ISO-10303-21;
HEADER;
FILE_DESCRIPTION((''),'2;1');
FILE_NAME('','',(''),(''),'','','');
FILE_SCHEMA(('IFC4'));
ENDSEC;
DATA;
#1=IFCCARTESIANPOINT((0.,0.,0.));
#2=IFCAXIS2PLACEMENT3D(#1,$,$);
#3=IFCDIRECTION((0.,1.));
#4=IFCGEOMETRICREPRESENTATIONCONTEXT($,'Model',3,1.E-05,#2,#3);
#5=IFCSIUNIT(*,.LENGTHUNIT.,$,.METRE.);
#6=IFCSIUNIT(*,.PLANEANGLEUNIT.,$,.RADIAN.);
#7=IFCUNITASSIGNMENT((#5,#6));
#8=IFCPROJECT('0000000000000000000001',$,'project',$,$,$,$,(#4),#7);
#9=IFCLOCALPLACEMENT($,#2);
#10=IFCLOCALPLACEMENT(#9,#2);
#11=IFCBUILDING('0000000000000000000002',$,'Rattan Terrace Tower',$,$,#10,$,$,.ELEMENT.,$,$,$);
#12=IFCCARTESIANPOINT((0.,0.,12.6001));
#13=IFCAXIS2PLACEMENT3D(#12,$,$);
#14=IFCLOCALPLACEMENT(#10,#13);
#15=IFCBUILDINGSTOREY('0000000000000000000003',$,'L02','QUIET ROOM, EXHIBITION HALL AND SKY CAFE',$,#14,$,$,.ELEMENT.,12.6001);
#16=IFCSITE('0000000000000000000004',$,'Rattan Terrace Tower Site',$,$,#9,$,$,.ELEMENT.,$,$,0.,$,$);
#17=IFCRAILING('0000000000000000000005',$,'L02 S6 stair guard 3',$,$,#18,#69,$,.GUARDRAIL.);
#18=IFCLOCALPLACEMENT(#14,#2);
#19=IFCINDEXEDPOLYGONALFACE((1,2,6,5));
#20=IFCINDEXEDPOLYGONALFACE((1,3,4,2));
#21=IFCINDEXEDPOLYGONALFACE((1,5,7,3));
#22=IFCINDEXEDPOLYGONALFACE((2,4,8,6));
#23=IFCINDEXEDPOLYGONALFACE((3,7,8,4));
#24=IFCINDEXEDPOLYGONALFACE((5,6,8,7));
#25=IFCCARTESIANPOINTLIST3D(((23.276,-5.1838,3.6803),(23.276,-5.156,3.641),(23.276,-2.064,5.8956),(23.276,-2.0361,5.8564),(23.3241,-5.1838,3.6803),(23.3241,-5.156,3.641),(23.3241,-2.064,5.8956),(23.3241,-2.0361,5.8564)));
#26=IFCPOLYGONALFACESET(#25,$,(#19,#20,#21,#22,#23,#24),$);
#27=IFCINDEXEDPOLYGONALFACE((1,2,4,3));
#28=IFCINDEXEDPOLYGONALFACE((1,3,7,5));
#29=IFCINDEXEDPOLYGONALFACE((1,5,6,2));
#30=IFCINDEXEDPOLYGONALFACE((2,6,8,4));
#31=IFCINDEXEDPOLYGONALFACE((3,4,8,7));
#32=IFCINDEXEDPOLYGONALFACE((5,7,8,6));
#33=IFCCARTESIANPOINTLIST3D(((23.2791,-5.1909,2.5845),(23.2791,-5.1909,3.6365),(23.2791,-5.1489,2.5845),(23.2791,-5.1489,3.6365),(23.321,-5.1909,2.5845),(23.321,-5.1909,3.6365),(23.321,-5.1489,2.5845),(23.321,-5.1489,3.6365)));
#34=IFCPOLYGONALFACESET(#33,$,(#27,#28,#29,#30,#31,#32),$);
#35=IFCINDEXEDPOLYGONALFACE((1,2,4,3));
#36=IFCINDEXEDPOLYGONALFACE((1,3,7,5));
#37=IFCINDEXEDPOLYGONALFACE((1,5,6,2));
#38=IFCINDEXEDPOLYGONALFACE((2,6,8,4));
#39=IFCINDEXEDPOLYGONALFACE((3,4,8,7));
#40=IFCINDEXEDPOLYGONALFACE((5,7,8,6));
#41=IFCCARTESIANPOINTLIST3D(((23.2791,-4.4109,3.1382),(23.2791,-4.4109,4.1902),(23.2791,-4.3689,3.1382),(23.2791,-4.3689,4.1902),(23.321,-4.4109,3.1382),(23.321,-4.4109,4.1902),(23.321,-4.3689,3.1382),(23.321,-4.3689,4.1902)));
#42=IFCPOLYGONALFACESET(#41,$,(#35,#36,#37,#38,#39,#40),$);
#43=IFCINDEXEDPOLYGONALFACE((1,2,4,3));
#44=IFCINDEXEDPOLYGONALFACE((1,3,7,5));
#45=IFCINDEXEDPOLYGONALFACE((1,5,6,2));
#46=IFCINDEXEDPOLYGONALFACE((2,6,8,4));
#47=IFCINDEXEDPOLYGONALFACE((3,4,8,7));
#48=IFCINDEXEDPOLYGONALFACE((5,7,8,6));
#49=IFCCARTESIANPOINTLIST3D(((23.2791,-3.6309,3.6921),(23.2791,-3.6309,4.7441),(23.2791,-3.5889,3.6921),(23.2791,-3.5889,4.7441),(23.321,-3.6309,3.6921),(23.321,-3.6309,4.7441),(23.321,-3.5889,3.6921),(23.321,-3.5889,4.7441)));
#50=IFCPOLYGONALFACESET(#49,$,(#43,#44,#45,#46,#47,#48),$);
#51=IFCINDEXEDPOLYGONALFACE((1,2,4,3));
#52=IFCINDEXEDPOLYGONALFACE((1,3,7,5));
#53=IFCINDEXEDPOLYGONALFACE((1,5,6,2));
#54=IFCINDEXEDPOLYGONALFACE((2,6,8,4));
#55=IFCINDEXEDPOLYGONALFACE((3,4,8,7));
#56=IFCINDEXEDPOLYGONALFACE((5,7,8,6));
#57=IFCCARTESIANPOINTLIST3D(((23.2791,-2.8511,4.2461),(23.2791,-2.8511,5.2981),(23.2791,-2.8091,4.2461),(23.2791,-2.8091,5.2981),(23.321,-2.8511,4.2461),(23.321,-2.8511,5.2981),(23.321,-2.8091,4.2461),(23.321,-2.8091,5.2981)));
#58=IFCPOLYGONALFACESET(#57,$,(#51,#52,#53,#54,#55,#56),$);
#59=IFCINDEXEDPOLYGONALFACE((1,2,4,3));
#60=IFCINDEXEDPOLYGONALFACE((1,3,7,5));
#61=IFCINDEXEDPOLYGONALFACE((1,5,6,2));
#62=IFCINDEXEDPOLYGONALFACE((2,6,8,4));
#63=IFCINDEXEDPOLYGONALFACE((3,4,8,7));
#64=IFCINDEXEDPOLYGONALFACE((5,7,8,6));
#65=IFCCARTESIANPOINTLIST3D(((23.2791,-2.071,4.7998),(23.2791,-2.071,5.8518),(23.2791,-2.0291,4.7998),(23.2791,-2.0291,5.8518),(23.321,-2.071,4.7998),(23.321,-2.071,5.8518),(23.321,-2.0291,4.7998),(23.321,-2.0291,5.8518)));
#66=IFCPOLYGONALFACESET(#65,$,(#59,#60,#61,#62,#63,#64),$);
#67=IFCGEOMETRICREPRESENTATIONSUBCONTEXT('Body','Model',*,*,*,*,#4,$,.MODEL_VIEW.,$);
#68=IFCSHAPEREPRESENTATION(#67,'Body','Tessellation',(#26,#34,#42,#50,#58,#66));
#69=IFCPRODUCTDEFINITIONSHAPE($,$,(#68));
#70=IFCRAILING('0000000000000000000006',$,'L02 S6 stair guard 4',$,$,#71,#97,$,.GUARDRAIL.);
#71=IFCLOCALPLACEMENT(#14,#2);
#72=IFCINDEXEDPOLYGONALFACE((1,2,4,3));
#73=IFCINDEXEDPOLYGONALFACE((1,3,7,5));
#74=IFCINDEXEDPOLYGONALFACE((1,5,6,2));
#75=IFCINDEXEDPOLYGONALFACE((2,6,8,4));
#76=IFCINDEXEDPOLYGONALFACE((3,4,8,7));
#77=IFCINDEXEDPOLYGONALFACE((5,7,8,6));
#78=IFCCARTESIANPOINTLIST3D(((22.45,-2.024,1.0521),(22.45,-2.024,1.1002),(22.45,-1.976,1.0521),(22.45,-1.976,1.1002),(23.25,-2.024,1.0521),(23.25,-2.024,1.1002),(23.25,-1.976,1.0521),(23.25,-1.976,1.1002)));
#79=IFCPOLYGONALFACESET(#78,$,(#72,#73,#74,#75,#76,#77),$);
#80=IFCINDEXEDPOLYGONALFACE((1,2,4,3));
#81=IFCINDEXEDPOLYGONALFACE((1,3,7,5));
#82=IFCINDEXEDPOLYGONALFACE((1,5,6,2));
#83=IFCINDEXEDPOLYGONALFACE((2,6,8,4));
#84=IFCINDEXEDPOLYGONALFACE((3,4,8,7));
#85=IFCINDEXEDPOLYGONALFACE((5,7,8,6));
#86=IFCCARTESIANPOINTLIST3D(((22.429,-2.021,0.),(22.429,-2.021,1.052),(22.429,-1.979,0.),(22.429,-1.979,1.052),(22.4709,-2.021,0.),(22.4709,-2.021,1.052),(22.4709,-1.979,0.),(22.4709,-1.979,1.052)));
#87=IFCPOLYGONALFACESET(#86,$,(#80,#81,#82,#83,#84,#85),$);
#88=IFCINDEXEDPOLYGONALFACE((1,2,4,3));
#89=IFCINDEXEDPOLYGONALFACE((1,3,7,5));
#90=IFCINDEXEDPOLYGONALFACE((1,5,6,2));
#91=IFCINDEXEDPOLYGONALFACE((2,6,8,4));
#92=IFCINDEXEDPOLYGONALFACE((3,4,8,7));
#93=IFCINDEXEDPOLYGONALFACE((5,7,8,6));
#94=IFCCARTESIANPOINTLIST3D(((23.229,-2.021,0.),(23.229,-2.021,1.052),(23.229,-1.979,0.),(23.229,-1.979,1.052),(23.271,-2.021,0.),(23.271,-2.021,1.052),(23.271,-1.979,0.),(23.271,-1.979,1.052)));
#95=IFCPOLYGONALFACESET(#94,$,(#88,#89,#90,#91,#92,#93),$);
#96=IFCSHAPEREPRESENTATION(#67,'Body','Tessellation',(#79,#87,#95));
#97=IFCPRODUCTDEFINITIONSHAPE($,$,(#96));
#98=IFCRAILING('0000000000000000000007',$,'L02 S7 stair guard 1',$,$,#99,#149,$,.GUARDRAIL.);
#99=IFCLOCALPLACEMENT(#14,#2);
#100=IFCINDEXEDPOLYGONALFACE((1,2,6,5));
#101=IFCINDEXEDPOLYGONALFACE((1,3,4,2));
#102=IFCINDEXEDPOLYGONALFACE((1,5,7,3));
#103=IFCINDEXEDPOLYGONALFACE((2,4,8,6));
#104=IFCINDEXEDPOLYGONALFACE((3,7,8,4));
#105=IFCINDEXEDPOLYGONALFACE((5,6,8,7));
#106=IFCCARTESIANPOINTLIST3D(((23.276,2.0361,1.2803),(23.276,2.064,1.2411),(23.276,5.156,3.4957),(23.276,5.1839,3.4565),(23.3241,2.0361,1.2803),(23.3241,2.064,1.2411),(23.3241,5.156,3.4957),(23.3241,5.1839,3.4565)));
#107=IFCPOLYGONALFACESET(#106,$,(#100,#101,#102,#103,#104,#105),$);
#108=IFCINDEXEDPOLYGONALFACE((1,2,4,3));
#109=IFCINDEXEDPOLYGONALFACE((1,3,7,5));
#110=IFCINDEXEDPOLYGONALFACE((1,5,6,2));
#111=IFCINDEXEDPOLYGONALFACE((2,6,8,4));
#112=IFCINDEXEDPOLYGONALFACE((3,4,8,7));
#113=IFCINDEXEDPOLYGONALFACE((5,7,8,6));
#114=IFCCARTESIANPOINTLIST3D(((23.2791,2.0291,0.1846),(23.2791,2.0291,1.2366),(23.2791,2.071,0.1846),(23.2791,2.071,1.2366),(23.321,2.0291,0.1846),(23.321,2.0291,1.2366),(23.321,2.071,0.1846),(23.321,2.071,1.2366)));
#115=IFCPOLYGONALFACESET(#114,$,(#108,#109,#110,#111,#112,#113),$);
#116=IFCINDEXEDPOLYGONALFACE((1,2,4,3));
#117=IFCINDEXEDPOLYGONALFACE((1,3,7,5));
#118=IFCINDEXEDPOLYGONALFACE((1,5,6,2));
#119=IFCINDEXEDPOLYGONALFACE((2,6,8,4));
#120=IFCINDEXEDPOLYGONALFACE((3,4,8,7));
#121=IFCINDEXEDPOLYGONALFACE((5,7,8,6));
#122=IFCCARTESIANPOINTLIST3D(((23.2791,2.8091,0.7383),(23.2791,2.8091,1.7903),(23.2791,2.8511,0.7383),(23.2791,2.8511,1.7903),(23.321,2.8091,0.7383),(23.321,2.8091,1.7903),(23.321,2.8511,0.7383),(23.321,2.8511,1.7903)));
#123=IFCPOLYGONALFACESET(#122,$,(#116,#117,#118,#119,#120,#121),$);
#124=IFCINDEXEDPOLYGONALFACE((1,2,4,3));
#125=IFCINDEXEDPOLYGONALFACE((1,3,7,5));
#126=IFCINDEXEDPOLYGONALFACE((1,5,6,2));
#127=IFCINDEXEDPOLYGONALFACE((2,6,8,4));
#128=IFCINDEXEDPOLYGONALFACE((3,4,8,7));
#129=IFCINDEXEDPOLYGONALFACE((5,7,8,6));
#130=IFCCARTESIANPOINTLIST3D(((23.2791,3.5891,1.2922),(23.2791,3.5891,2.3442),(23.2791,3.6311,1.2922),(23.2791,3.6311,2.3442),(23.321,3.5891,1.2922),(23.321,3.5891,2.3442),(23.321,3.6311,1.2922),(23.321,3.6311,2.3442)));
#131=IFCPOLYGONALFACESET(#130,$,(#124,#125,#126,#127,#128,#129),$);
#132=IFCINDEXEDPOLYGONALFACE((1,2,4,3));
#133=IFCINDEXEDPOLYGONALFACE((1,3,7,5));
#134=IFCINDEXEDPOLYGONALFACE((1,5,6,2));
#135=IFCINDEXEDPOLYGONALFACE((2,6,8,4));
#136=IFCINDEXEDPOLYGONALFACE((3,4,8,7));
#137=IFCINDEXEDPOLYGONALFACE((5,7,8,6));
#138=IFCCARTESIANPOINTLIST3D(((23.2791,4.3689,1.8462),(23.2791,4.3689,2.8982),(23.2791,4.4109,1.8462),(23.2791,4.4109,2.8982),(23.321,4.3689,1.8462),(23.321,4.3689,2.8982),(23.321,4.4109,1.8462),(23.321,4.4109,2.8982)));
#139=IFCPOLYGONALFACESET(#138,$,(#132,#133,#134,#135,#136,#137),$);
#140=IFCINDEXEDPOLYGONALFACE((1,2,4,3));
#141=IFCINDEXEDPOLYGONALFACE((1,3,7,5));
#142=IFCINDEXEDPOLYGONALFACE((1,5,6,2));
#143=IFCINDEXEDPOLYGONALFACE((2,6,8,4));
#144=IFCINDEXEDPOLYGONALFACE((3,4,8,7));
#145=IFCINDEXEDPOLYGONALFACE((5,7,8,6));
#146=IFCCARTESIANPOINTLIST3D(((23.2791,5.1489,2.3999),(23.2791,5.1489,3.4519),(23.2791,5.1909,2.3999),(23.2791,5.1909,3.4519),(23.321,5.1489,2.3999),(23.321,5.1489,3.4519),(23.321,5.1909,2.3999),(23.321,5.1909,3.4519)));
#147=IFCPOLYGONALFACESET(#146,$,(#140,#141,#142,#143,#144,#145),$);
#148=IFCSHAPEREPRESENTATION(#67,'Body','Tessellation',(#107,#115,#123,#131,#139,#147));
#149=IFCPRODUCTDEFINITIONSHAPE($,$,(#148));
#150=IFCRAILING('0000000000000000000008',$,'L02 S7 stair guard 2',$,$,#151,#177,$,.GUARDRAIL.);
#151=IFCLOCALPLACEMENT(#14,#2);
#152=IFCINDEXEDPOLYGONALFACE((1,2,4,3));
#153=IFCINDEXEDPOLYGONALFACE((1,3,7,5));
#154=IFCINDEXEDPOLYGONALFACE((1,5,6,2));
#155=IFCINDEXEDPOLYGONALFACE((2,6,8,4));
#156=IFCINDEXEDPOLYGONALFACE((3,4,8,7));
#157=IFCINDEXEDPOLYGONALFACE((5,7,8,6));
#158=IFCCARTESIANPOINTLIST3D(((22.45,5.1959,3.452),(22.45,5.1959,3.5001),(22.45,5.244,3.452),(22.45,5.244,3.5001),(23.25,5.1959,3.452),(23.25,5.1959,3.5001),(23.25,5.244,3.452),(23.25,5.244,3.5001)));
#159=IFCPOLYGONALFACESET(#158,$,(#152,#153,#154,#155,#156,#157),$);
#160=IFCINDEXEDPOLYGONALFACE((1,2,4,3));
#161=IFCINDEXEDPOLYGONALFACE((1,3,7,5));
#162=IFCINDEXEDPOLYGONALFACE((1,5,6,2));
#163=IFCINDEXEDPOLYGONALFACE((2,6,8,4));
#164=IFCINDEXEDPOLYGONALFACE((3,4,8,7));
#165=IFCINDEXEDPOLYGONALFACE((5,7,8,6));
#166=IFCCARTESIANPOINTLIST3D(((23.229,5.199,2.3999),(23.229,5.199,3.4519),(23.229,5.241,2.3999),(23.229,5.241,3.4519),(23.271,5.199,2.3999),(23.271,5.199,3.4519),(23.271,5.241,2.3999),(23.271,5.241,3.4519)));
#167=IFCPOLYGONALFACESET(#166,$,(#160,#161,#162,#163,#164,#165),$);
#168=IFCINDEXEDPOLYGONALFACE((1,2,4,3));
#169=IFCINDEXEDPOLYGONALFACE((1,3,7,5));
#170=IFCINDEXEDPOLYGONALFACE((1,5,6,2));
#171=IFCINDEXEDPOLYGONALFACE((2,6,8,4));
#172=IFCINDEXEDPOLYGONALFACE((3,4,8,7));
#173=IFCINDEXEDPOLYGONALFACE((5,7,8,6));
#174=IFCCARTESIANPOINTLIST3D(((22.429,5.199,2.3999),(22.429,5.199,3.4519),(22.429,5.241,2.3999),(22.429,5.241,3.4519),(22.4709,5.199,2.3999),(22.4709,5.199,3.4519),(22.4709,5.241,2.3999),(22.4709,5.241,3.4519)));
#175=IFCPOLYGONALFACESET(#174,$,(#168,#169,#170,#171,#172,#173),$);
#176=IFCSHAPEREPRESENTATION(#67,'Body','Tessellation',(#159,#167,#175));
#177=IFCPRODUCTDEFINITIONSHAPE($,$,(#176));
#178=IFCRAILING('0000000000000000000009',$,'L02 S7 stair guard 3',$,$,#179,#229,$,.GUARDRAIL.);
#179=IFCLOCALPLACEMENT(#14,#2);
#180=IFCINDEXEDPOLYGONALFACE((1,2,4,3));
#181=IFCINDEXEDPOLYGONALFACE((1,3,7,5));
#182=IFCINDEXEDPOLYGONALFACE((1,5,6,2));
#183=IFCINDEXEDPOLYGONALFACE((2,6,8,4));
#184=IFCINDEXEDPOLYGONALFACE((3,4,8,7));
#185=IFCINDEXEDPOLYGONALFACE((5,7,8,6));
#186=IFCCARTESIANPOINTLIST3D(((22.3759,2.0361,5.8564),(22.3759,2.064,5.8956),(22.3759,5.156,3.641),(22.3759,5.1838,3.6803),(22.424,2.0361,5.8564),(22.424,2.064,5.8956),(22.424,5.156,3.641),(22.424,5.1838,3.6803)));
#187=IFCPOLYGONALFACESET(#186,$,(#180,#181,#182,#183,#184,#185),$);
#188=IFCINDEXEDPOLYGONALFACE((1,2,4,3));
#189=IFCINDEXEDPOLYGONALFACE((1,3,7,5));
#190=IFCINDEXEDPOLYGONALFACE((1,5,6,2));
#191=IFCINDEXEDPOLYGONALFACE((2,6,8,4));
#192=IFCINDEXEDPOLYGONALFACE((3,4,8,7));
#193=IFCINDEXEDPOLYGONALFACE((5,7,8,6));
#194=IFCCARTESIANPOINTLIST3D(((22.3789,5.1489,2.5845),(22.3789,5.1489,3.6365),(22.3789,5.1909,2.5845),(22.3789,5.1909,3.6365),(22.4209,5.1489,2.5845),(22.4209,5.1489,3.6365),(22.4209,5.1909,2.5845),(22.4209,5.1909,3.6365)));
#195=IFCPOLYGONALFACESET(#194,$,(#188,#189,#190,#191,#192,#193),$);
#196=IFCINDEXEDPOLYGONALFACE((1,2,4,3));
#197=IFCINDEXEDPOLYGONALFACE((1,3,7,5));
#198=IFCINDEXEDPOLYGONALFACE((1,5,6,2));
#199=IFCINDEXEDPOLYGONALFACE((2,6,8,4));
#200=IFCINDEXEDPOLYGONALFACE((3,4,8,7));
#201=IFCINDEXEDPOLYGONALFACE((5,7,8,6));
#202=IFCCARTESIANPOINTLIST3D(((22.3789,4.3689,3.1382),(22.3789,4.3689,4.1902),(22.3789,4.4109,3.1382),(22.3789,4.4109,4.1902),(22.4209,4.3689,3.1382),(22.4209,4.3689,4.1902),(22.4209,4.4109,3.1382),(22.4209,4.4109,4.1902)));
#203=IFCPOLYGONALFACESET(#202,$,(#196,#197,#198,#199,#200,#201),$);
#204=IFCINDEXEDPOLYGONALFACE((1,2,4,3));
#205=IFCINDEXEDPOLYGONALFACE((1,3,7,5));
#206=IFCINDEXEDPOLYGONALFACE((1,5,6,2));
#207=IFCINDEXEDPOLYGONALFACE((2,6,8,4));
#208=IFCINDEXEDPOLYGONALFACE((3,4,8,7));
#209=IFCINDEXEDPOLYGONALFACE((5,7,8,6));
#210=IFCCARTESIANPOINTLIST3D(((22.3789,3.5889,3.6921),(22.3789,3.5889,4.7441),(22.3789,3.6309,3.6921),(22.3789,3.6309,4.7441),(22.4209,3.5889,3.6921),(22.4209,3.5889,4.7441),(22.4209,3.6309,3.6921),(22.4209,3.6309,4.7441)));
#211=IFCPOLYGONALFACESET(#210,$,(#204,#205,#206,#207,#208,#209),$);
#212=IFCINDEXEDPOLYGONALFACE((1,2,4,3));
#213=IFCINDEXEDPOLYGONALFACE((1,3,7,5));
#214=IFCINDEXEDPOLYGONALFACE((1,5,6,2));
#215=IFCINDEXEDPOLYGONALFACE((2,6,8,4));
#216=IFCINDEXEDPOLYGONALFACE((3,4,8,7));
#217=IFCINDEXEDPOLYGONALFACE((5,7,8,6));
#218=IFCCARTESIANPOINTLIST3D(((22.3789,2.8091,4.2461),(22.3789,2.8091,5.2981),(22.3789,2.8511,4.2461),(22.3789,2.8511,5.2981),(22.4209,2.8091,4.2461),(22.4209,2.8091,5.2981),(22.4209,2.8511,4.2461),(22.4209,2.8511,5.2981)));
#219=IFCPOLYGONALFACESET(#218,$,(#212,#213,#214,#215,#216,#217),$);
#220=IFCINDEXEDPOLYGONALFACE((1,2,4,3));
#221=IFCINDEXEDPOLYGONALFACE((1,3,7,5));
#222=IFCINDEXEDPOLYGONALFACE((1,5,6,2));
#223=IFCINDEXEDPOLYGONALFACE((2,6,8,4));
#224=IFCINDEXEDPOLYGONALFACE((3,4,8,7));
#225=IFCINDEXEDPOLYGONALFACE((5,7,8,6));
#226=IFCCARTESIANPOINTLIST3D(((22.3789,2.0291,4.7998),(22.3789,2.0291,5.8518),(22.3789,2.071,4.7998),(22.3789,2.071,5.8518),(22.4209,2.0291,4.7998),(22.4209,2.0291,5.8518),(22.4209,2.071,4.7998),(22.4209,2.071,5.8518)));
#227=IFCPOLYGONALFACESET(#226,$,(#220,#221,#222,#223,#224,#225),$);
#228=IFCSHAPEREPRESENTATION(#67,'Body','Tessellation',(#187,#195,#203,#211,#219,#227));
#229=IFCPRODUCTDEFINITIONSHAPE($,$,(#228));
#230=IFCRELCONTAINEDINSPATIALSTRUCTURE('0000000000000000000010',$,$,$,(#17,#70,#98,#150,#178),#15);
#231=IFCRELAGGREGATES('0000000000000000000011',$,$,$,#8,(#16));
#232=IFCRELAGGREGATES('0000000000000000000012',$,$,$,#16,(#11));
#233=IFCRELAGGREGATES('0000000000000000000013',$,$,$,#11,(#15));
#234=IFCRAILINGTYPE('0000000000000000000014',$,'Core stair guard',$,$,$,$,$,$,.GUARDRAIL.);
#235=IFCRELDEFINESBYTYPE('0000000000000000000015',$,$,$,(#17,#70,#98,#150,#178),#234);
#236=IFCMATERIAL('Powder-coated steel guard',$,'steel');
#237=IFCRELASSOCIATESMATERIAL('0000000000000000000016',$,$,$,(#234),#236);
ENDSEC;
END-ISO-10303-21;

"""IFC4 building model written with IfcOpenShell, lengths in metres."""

from ifc_helpers import new_model, si_unit, direction, frame, origin, origin_2d, place, context, subcontext, project, spatial, rectangle, extrude, material, type_object, element, save


model = new_model("IFC4")

# Units and contexts
model_context = context("Model", 3, precision=1e-05, world=origin(), true_north=direction((0.0, 1.0)))
body_context = subcontext(model_context, "Body", "Model", "MODEL_VIEW")
ifc_project = project(units=[si_unit("LENGTHUNIT", "METRE"), si_unit("PLANEANGLEUNIT", "RADIAN")], contexts=[model_context])

# Site, building, storey
site_placement = place(None, origin())
site = spatial("IfcSite", under=ifc_project, at=site_placement, Name="Rattan Terrace Tower Site", CompositionType="ELEMENT", RefElevation=0.0)
building_placement = place(site_placement, origin())
building = spatial("IfcBuilding", under=site, at=building_placement, Name="Rattan Terrace Tower", CompositionType="ELEMENT")
storey_placement = place(building_placement, frame((0.0, 0.0, 12.6001)))
storey = spatial("IfcBuildingStorey", under=building, at=storey_placement, Name="L02", Description="QUIET ROOM, EXHIBITION HALL AND SKY CAFE", CompositionType="ELEMENT", Elevation=12.6001)

# Railings
ifc_material_1 = material(Name="Powder-coated steel guard", Category="steel")
railing_type_1 = type_object("IfcRailingType", Name="Core stair guard", PredefinedType="GUARDRAIL", material=ifc_material_1)
railing_1_placement = place(storey_placement, frame((23.3, -5.1699, 2.5845)))
element("IfcRailing", 1, at=railing_1_placement, inside=storey, type_object=railing_type_1, Name="L02 S6 stair guard 3", PredefinedType="GUARDRAIL", context=body_context, shape_type="SweptSolid", body=[
    extrude(rectangle(XDim=0.0481, YDim=0.0481, at=origin_2d()), frame((0.0, 0.0, 1.0762), z_axis=(0.0, 0.815356, 0.578961), x_axis=(-1.0, 0.0, 0.0)), (0.0, 0.0, 1.0), 3.8264),
    extrude(rectangle(XDim=0.042, YDim=0.042, at=origin_2d()), origin(), (0.0, 0.0, 1.0), 1.052),
    extrude(rectangle(XDim=0.042, YDim=0.042, at=origin_2d()), frame((0.0, 0.78, 0.5537)), (0.0, 0.0, 1.0), 1.052),
    extrude(rectangle(XDim=0.042, YDim=0.042, at=origin_2d()), frame((0.0, 1.5601, 1.1077)), (0.0, 0.0, 1.0), 1.052),
    extrude(rectangle(XDim=0.042, YDim=0.042, at=origin_2d()), frame((0.0, 2.3398, 1.6616)), (0.0, 0.0, 1.0), 1.052),
    extrude(rectangle(XDim=0.042, YDim=0.042, at=origin_2d()), frame((0.0, 3.1199, 2.2153)), (0.0, 0.0, 1.0), 1.052),
])
railing_2_placement = place(storey_placement, frame((22.45, -2.0, 0.0)))
element("IfcRailing", 2, at=railing_2_placement, inside=storey, type_object=railing_type_1, Name="L02 S6 stair guard 4", PredefinedType="GUARDRAIL", context=body_context, shape_type="SweptSolid", body=[
    extrude(rectangle(XDim=0.0481, YDim=0.0481, at=origin_2d()), frame((0.0, 0.0, 1.0762), z_axis=(1.0, 0.0, 0.0), x_axis=(0.0, 1.0, 0.0)), (0.0, 0.0, 1.0), 0.8),
    extrude(rectangle(XDim=0.042, YDim=0.042, at=origin_2d()), origin(), (0.0, 0.0, 1.0), 1.052),
    extrude(rectangle(XDim=0.042, YDim=0.042, at=origin_2d()), frame((0.8, 0.0, 0.0)), (0.0, 0.0, 1.0), 1.052),
])
railing_3_placement = place(storey_placement, frame((23.3, 2.05, 0.1846)))
element("IfcRailing", 3, at=railing_3_placement, inside=storey, type_object=railing_type_1, Name="L02 S7 stair guard 1", PredefinedType="GUARDRAIL", context=body_context, shape_type="SweptSolid", body=[
    extrude(rectangle(XDim=0.0481, YDim=0.0481, at=origin_2d()), frame((0.0, 0.0, 1.0762), z_axis=(0.0, 0.815356, 0.578961), x_axis=(-1.0, 0.0, 0.0)), (0.0, 0.0, 1.0), 3.8264),
    extrude(rectangle(XDim=0.042, YDim=0.042, at=origin_2d()), origin(), (0.0, 0.0, 1.0), 1.052),
    extrude(rectangle(XDim=0.042, YDim=0.042, at=origin_2d()), frame((0.0, 0.78, 0.5537)), (0.0, 0.0, 1.0), 1.052),
    extrude(rectangle(XDim=0.042, YDim=0.042, at=origin_2d()), frame((0.0, 1.5601, 1.1077)), (0.0, 0.0, 1.0), 1.052),
    extrude(rectangle(XDim=0.042, YDim=0.042, at=origin_2d()), frame((0.0, 2.3398, 1.6616)), (0.0, 0.0, 1.0), 1.052),
    extrude(rectangle(XDim=0.042, YDim=0.042, at=origin_2d()), frame((0.0, 3.1199, 2.2153)), (0.0, 0.0, 1.0), 1.052),
])
railing_4_placement = place(storey_placement, frame((23.25, 5.22, 2.3999)))
element("IfcRailing", 4, at=railing_4_placement, inside=storey, type_object=railing_type_1, Name="L02 S7 stair guard 2", PredefinedType="GUARDRAIL", context=body_context, shape_type="SweptSolid", body=[
    extrude(rectangle(XDim=0.0481, YDim=0.0481, at=origin_2d()), frame((0.0, 0.0, 1.0762), z_axis=(-1.0, 0.0, 0.0), x_axis=(0.0, -1.0, 0.0)), (0.0, 0.0, 1.0), 0.8),
    extrude(rectangle(XDim=0.042, YDim=0.042, at=origin_2d()), origin(), (0.0, 0.0, 1.0), 1.052),
    extrude(rectangle(XDim=0.042, YDim=0.042, at=origin_2d()), frame((-0.8, 0.0, 0.0)), (0.0, 0.0, 1.0), 1.052),
])
railing_5_placement = place(storey_placement, frame((22.3999, 5.1699, 2.5845)))
element("IfcRailing", 5, at=railing_5_placement, inside=storey, type_object=railing_type_1, Name="L02 S7 stair guard 3", PredefinedType="GUARDRAIL", context=body_context, shape_type="SweptSolid", body=[
    extrude(rectangle(XDim=0.0481, YDim=0.0481, at=origin_2d()), frame((0.0, 0.0, 1.0762), z_axis=(0.0, -0.815356, 0.578961), x_axis=(1.0, 0.0, 0.0)), (0.0, 0.0, 1.0), 3.8264),
    extrude(rectangle(XDim=0.042, YDim=0.042, at=origin_2d()), origin(), (0.0, 0.0, 1.0), 1.052),
    extrude(rectangle(XDim=0.042, YDim=0.042, at=origin_2d()), frame((0.0, -0.78, 0.5537)), (0.0, 0.0, 1.0), 1.052),
    extrude(rectangle(XDim=0.042, YDim=0.042, at=origin_2d()), frame((0.0, -1.5601, 1.1077)), (0.0, 0.0, 1.0), 1.052),
    extrude(rectangle(XDim=0.042, YDim=0.042, at=origin_2d()), frame((0.0, -2.3398, 1.6616)), (0.0, 0.0, 1.0), 1.052),
    extrude(rectangle(XDim=0.042, YDim=0.042, at=origin_2d()), frame((0.0, -3.1199, 2.2153)), (0.0, 0.0, 1.0), 1.052),
])

save(model, "model.ifc")
